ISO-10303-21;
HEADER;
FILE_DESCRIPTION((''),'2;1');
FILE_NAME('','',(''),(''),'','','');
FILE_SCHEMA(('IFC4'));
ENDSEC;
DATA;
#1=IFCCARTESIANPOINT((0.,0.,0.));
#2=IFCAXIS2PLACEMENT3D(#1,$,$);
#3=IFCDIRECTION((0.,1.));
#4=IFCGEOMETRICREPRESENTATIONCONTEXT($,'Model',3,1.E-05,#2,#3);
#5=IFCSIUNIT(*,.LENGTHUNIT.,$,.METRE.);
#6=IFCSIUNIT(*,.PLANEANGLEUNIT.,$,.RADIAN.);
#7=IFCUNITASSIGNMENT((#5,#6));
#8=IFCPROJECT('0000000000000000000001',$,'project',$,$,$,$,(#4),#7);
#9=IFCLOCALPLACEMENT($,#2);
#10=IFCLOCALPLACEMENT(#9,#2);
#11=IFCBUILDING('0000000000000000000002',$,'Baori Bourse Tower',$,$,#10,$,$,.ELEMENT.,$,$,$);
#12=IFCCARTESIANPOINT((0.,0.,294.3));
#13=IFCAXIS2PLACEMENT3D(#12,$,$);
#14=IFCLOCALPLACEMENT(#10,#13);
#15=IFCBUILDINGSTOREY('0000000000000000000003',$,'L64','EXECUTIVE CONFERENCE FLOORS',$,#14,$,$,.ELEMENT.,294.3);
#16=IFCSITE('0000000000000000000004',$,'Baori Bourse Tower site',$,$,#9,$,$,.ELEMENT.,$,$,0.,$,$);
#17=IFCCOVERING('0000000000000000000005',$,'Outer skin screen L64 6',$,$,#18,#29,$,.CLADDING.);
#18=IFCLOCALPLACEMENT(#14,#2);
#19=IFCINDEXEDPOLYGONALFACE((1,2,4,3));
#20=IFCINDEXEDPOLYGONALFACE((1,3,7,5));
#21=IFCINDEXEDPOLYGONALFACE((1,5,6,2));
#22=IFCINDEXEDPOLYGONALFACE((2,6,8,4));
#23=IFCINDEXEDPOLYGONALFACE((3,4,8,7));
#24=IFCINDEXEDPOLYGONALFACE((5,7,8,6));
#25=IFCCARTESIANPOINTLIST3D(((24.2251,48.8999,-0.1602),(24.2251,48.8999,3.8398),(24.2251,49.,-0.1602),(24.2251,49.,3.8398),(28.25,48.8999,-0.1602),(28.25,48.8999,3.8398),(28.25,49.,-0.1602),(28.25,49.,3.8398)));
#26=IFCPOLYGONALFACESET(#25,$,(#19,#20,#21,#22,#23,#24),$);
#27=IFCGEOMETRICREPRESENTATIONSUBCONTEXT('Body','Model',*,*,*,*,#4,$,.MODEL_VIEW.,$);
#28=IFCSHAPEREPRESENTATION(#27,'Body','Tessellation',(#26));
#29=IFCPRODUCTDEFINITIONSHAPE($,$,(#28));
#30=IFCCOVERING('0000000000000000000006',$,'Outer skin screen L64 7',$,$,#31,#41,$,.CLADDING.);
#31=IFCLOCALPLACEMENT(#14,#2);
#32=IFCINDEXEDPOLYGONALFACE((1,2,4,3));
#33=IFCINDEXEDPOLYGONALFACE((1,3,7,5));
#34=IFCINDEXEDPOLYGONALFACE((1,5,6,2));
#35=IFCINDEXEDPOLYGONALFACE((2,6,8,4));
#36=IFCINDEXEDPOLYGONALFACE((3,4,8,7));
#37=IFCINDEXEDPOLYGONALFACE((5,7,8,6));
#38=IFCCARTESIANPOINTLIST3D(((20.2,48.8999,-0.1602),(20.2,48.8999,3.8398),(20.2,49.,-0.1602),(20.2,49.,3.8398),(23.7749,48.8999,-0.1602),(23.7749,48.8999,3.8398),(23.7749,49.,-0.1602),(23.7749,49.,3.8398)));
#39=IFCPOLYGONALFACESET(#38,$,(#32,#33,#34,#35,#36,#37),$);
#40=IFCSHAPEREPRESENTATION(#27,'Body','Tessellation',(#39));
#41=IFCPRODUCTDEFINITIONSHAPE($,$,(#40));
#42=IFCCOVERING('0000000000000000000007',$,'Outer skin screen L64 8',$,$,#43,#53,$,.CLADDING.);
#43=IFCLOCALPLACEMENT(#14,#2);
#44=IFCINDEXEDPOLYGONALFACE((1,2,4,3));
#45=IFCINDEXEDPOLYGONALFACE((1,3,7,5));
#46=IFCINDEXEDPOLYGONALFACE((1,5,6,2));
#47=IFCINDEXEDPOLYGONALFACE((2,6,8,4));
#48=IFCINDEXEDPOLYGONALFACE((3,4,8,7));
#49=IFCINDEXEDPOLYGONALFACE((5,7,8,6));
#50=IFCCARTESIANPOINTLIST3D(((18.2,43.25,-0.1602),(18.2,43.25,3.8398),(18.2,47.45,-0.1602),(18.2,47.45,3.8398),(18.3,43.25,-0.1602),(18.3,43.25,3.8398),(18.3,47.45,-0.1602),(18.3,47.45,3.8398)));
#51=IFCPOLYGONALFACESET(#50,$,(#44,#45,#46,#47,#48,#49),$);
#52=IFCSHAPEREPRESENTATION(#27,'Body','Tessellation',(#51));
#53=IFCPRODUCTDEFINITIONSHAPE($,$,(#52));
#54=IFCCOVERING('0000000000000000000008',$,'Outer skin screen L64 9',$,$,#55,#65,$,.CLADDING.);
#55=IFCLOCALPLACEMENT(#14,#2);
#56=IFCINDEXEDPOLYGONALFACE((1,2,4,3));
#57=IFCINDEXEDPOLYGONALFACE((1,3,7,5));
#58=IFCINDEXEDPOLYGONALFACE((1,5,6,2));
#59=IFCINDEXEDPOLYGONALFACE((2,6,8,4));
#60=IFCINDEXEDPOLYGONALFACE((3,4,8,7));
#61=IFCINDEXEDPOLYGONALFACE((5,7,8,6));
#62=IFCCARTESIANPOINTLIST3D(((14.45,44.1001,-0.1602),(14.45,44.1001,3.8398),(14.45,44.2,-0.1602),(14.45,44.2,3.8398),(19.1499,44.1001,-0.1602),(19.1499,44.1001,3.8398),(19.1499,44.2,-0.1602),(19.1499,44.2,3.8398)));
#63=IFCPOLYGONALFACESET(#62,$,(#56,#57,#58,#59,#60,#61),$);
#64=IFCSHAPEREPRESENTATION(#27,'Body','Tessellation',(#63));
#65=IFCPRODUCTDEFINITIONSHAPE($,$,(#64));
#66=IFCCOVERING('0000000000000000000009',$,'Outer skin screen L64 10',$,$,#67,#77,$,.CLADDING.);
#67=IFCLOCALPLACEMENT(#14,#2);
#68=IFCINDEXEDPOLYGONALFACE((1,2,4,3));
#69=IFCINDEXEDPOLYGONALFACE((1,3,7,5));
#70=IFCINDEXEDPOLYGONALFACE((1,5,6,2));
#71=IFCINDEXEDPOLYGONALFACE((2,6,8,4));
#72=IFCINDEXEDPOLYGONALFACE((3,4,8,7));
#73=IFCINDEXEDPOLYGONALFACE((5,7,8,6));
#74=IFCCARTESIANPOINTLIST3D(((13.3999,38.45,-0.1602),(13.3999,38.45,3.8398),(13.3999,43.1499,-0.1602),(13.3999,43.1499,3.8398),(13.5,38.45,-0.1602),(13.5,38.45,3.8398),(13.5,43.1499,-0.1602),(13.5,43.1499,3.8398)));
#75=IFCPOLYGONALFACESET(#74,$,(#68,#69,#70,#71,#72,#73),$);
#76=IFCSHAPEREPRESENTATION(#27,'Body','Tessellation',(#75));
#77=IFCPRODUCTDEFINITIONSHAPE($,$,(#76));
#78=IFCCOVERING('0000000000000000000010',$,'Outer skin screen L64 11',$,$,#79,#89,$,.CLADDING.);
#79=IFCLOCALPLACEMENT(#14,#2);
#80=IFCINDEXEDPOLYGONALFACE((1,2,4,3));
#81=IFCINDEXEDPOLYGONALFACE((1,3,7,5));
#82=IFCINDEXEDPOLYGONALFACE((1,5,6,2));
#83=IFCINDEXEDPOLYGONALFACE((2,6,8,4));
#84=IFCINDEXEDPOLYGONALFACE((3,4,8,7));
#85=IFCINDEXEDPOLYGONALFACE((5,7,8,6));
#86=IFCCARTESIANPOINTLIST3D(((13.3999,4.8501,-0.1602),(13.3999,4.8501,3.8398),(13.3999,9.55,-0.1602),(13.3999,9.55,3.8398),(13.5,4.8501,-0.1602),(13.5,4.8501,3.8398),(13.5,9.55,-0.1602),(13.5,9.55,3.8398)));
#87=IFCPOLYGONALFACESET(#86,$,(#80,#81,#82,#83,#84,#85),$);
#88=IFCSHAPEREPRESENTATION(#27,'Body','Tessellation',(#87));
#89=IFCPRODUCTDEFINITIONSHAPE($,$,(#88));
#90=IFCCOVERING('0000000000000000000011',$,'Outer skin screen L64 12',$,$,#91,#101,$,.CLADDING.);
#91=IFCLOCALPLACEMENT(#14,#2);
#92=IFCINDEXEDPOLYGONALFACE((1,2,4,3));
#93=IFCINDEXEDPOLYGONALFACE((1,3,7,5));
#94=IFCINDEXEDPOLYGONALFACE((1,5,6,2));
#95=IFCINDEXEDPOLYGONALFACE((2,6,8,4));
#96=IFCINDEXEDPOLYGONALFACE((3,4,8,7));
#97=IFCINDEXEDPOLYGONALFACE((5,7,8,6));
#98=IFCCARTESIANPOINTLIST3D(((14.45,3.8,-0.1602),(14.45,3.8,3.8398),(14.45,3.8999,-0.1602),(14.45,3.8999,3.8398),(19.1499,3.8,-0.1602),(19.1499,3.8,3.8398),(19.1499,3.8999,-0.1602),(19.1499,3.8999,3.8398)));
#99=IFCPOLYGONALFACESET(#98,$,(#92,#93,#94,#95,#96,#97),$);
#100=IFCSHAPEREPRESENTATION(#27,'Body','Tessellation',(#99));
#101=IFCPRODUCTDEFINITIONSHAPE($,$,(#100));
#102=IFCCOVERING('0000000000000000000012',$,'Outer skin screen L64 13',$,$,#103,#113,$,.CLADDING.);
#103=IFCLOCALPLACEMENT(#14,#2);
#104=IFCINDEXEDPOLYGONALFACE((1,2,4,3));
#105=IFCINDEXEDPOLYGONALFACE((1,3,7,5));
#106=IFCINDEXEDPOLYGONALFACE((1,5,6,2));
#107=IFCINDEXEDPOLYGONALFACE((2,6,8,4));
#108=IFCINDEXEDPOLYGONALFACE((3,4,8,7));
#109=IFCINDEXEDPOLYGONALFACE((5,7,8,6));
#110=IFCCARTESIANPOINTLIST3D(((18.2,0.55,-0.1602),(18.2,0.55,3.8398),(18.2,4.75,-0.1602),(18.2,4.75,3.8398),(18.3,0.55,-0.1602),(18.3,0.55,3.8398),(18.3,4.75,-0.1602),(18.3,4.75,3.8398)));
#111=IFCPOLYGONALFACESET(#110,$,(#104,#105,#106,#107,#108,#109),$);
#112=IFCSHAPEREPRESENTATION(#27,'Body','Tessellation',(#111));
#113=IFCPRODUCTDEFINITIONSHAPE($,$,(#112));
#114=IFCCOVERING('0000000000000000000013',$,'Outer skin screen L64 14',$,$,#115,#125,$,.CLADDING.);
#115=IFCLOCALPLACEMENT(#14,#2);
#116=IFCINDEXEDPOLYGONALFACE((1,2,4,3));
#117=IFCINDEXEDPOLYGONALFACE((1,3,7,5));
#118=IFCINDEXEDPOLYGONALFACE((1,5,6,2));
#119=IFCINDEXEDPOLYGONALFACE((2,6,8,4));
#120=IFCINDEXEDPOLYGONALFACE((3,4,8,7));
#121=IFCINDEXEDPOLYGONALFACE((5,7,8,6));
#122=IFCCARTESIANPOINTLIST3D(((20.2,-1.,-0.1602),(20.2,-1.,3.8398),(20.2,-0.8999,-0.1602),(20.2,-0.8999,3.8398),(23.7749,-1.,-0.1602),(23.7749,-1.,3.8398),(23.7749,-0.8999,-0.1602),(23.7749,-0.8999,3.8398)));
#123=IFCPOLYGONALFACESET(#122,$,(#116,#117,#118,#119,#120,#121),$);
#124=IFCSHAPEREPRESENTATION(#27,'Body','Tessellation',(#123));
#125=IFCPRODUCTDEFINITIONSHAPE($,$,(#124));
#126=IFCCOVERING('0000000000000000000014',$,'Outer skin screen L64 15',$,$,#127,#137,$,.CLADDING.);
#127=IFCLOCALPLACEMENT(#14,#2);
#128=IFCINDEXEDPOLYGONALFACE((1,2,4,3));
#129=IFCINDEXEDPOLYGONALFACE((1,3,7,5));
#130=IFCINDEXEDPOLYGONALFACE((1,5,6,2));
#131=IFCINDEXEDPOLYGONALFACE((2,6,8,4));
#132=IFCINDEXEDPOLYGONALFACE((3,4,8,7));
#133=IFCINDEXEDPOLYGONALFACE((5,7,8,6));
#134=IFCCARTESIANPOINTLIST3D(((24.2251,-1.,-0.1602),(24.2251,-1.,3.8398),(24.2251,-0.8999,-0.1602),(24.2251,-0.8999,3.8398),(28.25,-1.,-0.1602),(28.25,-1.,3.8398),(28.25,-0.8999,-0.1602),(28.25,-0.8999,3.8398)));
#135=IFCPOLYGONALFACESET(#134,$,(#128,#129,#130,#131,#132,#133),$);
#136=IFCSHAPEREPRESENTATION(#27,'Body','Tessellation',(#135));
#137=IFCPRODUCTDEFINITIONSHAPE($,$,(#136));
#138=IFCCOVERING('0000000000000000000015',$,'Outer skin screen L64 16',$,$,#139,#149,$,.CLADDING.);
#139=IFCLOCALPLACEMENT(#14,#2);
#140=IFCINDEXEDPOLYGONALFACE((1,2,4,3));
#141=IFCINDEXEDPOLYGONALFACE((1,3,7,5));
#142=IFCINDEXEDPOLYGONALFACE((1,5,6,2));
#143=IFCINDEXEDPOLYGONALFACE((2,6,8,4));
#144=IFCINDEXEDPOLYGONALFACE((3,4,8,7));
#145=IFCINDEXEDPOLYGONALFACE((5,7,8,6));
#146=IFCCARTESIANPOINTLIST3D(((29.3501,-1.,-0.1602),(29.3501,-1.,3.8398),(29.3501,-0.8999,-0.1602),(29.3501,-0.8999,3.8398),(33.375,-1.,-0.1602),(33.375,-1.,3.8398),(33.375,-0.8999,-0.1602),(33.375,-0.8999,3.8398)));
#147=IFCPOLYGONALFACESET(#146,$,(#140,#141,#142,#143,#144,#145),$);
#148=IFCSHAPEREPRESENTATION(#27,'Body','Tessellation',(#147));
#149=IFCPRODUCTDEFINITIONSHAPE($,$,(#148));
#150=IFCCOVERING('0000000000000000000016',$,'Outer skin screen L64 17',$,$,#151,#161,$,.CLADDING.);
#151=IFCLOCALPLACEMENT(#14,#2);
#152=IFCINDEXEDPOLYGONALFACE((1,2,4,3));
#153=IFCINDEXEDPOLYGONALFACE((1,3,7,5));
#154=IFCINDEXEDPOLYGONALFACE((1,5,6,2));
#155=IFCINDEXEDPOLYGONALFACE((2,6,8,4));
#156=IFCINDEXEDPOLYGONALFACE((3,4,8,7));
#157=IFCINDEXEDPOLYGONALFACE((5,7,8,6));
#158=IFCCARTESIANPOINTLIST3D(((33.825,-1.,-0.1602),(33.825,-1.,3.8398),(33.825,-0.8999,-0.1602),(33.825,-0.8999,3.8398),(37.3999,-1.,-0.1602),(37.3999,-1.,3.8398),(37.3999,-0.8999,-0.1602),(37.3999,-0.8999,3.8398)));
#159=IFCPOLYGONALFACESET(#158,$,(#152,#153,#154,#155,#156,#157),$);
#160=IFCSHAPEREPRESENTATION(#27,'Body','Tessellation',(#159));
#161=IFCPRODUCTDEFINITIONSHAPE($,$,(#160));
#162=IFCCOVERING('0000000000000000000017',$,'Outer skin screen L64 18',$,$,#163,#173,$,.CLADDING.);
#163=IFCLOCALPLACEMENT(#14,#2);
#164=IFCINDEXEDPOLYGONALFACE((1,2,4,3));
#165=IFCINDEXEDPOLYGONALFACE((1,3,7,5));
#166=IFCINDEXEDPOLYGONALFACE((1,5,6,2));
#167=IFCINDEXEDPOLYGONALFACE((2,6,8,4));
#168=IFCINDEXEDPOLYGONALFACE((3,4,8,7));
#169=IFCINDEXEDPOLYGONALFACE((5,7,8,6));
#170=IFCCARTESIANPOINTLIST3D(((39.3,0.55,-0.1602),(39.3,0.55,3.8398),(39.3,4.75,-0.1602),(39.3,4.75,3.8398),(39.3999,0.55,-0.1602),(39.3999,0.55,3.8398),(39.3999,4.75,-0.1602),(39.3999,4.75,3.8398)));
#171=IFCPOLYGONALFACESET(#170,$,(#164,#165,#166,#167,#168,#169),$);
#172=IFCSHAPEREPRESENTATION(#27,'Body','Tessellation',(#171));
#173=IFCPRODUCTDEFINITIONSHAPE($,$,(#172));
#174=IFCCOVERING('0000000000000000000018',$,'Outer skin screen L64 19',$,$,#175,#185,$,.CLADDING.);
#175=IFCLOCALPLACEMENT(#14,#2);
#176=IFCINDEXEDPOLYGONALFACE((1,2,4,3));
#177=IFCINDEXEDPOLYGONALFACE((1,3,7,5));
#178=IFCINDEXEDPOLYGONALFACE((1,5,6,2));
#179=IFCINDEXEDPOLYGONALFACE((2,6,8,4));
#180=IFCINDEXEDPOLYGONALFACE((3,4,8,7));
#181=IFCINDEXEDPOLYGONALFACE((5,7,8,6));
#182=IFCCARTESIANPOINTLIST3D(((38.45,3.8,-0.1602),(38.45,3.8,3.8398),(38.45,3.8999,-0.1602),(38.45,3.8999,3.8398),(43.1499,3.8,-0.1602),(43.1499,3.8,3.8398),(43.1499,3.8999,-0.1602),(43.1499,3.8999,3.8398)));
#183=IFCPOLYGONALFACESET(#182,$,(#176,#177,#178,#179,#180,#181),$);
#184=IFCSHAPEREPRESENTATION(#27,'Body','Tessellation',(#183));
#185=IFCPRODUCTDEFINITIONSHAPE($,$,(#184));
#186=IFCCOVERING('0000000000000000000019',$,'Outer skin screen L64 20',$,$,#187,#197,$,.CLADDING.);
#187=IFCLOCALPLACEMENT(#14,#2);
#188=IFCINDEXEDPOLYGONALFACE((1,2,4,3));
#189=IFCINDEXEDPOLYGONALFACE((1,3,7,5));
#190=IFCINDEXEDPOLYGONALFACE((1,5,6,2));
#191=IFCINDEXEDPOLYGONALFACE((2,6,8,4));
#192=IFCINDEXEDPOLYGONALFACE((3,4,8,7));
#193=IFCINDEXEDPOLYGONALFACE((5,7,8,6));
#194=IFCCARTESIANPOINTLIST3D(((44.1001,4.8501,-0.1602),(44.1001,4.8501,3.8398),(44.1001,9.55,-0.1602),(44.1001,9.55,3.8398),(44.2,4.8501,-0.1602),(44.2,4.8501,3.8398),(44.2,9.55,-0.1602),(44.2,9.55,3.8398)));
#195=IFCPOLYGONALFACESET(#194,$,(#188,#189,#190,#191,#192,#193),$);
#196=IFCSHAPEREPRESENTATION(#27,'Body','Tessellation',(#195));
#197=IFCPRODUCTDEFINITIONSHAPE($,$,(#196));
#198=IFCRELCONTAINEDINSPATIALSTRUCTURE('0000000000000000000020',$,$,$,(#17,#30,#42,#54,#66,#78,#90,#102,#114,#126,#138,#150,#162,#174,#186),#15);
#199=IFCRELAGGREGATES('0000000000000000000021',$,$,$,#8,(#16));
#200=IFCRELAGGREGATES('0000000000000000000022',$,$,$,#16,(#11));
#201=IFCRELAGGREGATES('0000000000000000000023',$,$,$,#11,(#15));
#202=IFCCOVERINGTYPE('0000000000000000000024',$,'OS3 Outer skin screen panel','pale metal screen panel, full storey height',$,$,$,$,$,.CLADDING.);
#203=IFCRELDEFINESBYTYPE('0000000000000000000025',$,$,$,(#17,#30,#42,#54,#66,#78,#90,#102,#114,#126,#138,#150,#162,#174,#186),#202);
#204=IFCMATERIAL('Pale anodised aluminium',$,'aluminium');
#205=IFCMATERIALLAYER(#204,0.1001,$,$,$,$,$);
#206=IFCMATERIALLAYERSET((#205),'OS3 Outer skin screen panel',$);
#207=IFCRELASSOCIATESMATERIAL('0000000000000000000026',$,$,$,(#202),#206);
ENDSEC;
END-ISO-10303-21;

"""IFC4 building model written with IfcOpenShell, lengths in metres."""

from ifc_helpers import new_model, si_unit, direction, frame, origin, place, context, subcontext, project, spatial, polyline, outline, extrude, material, layer, layer_set, type_object, element, save


model = new_model("IFC4")

# Units and contexts
model_context = context("Model", 3, precision=1e-05, world=origin(), true_north=direction((0.0, 1.0)))
body_context = subcontext(model_context, "Body", "Model", "MODEL_VIEW")
ifc_project = project(units=[si_unit("LENGTHUNIT", "METRE"), si_unit("PLANEANGLEUNIT", "RADIAN")], contexts=[model_context])

# Site, building, storey
site_placement = place(None, origin())
site = spatial("IfcSite", under=ifc_project, at=site_placement, Name="Baori Bourse Tower site", CompositionType="ELEMENT", RefElevation=0.0)
building_placement = place(site_placement, origin())
building = spatial("IfcBuilding", under=site, at=building_placement, Name="Baori Bourse Tower", CompositionType="ELEMENT")
storey_placement = place(building_placement, frame((0.0, 0.0, 294.3)))
storey = spatial("IfcBuildingStorey", under=building, at=storey_placement, Name="L64", Description="EXECUTIVE CONFERENCE FLOORS", CompositionType="ELEMENT", Elevation=294.3)

# Coverings
ifc_material_1 = material(Name="Pale anodised aluminium", Category="aluminium")
ifc_layer_1 = layer(ifc_material_1, 0.1001)
ifc_layer_set_1 = layer_set([ifc_layer_1], Name="OS3 Outer skin screen panel")
covering_type = type_object("IfcCoveringType", Name="OS3 Outer skin screen panel", Description="pale metal screen panel, full storey height", PredefinedType="CLADDING", material=ifc_layer_set_1)
covering_1_placement = place(storey_placement, frame((0.0, 0.0, -0.1602)))
element("IfcCovering", 1, at=covering_1_placement, inside=storey, type_object=covering_type, Name="Outer skin screen L64 6", PredefinedType="CLADDING", context=body_context, shape_type="SweptSolid", body=[
    extrude(outline(polyline([(24.2251, 48.8999), (28.25, 48.8999), (28.25, 49.0), (24.2251, 49.0), (24.2251, 48.8999)])), origin(), (0.0, 0.0, 1.0), 4.0),
])
covering_2_placement = place(storey_placement, frame((0.0, 0.0, -0.1602)))
element("IfcCovering", 2, at=covering_2_placement, inside=storey, type_object=covering_type, Name="Outer skin screen L64 7", PredefinedType="CLADDING", context=body_context, shape_type="SweptSolid", body=[
    extrude(outline(polyline([(20.2, 48.8999), (23.7749, 48.8999), (23.7749, 49.0), (20.2, 49.0), (20.2, 48.8999)])), origin(), (0.0, 0.0, 1.0), 4.0),
])
covering_3_placement = place(storey_placement, frame((0.0, 0.0, -0.1602)))
element("IfcCovering", 3, at=covering_3_placement, inside=storey, type_object=covering_type, Name="Outer skin screen L64 8", PredefinedType="CLADDING", context=body_context, shape_type="SweptSolid", body=[
    extrude(outline(polyline([(18.3, 43.25), (18.3, 47.45), (18.2, 47.45), (18.2, 43.25), (18.3, 43.25)])), origin(), (0.0, 0.0, 1.0), 4.0),
])
covering_4_placement = place(storey_placement, frame((0.0, 0.0, -0.1602)))
element("IfcCovering", 4, at=covering_4_placement, inside=storey, type_object=covering_type, Name="Outer skin screen L64 9", PredefinedType="CLADDING", context=body_context, shape_type="SweptSolid", body=[
    extrude(outline(polyline([(14.45, 44.1001), (19.1499, 44.1001), (19.1499, 44.2), (14.45, 44.2), (14.45, 44.1001)])), origin(), (0.0, 0.0, 1.0), 4.0),
])
covering_5_placement = place(storey_placement, frame((0.0, 0.0, -0.1602)))
element("IfcCovering", 5, at=covering_5_placement, inside=storey, type_object=covering_type, Name="Outer skin screen L64 10", PredefinedType="CLADDING", context=body_context, shape_type="SweptSolid", body=[
    extrude(outline(polyline([(13.5, 38.45), (13.5, 43.1499), (13.3999, 43.1499), (13.3999, 38.45), (13.5, 38.45)])), origin(), (0.0, 0.0, 1.0), 4.0),
])
covering_6_placement = place(storey_placement, frame((0.0, 0.0, -0.1602)))
element("IfcCovering", 6, at=covering_6_placement, inside=storey, type_object=covering_type, Name="Outer skin screen L64 11", PredefinedType="CLADDING", context=body_context, shape_type="SweptSolid", body=[
    extrude(outline(polyline([(13.5, 4.8501), (13.5, 9.55), (13.3999, 9.55), (13.3999, 4.8501), (13.5, 4.8501)])), origin(), (0.0, 0.0, 1.0), 4.0),
])
covering_7_placement = place(storey_placement, frame((0.0, 0.0, -0.1602)))
element("IfcCovering", 7, at=covering_7_placement, inside=storey, type_object=covering_type, Name="Outer skin screen L64 12", PredefinedType="CLADDING", context=body_context, shape_type="SweptSolid", body=[
    extrude(outline(polyline([(19.1499, 3.8999), (14.45, 3.8999), (14.45, 3.8), (19.1499, 3.8), (19.1499, 3.8999)])), origin(), (0.0, 0.0, 1.0), 4.0),
])
covering_8_placement = place(storey_placement, frame((0.0, 0.0, -0.1602)))
element("IfcCovering", 8, at=covering_8_placement, inside=storey, type_object=covering_type, Name="Outer skin screen L64 13", PredefinedType="CLADDING", context=body_context, shape_type="SweptSolid", body=[
    extrude(outline(polyline([(18.3, 0.55), (18.3, 4.75), (18.2, 4.75), (18.2, 0.55), (18.3, 0.55)])), origin(), (0.0, 0.0, 1.0), 4.0),
])
covering_9_placement = place(storey_placement, frame((0.0, 0.0, -0.1602)))
element("IfcCovering", 9, at=covering_9_placement, inside=storey, type_object=covering_type, Name="Outer skin screen L64 14", PredefinedType="CLADDING", context=body_context, shape_type="SweptSolid", body=[
    extrude(outline(polyline([(23.7749, -0.8999), (20.2, -0.8999), (20.2, -1.0), (23.7749, -1.0), (23.7749, -0.8999)])), origin(), (0.0, 0.0, 1.0), 4.0),
])
covering_10_placement = place(storey_placement, frame((0.0, 0.0, -0.1602)))
element("IfcCovering", 10, at=covering_10_placement, inside=storey, type_object=covering_type, Name="Outer skin screen L64 15", PredefinedType="CLADDING", context=body_context, shape_type="SweptSolid", body=[
    extrude(outline(polyline([(28.25, -0.8999), (24.2251, -0.8999), (24.2251, -1.0), (28.25, -1.0), (28.25, -0.8999)])), origin(), (0.0, 0.0, 1.0), 4.0),
])
covering_11_placement = place(storey_placement, frame((0.0, 0.0, -0.1602)))
element("IfcCovering", 11, at=covering_11_placement, inside=storey, type_object=covering_type, Name="Outer skin screen L64 16", PredefinedType="CLADDING", context=body_context, shape_type="SweptSolid", body=[
    extrude(outline(polyline([(33.375, -0.8999), (29.3501, -0.8999), (29.3501, -1.0), (33.375, -1.0), (33.375, -0.8999)])), origin(), (0.0, 0.0, 1.0), 4.0),
])
covering_12_placement = place(storey_placement, frame((0.0, 0.0, -0.1602)))
element("IfcCovering", 12, at=covering_12_placement, inside=storey, type_object=covering_type, Name="Outer skin screen L64 17", PredefinedType="CLADDING", context=body_context, shape_type="SweptSolid", body=[
    extrude(outline(polyline([(37.3999, -0.8999), (33.825, -0.8999), (33.825, -1.0), (37.3999, -1.0), (37.3999, -0.8999)])), origin(), (0.0, 0.0, 1.0), 4.0),
])
covering_13_placement = place(storey_placement, frame((0.0, 0.0, -0.1602)))
element("IfcCovering", 13, at=covering_13_placement, inside=storey, type_object=covering_type, Name="Outer skin screen L64 18", PredefinedType="CLADDING", context=body_context, shape_type="SweptSolid", body=[
    extrude(outline(polyline([(39.3, 4.75), (39.3, 0.55), (39.3999, 0.55), (39.3999, 4.75), (39.3, 4.75)])), origin(), (0.0, 0.0, 1.0), 4.0),
])
covering_14_placement = place(storey_placement, frame((0.0, 0.0, -0.1602)))
element("IfcCovering", 14, at=covering_14_placement, inside=storey, type_object=covering_type, Name="Outer skin screen L64 19", PredefinedType="CLADDING", context=body_context, shape_type="SweptSolid", body=[
    extrude(outline(polyline([(43.1499, 3.8999), (38.45, 3.8999), (38.45, 3.8), (43.1499, 3.8), (43.1499, 3.8999)])), origin(), (0.0, 0.0, 1.0), 4.0),
])
covering_15_placement = place(storey_placement, frame((0.0, 0.0, -0.1602)))
element("IfcCovering", 15, at=covering_15_placement, inside=storey, type_object=covering_type, Name="Outer skin screen L64 20", PredefinedType="CLADDING", context=body_context, shape_type="SweptSolid", body=[
    extrude(outline(polyline([(44.1001, 9.55), (44.1001, 4.8501), (44.2, 4.8501), (44.2, 9.55), (44.1001, 9.55)])), origin(), (0.0, 0.0, 1.0), 4.0),
])

save(model, "model.ifc")
